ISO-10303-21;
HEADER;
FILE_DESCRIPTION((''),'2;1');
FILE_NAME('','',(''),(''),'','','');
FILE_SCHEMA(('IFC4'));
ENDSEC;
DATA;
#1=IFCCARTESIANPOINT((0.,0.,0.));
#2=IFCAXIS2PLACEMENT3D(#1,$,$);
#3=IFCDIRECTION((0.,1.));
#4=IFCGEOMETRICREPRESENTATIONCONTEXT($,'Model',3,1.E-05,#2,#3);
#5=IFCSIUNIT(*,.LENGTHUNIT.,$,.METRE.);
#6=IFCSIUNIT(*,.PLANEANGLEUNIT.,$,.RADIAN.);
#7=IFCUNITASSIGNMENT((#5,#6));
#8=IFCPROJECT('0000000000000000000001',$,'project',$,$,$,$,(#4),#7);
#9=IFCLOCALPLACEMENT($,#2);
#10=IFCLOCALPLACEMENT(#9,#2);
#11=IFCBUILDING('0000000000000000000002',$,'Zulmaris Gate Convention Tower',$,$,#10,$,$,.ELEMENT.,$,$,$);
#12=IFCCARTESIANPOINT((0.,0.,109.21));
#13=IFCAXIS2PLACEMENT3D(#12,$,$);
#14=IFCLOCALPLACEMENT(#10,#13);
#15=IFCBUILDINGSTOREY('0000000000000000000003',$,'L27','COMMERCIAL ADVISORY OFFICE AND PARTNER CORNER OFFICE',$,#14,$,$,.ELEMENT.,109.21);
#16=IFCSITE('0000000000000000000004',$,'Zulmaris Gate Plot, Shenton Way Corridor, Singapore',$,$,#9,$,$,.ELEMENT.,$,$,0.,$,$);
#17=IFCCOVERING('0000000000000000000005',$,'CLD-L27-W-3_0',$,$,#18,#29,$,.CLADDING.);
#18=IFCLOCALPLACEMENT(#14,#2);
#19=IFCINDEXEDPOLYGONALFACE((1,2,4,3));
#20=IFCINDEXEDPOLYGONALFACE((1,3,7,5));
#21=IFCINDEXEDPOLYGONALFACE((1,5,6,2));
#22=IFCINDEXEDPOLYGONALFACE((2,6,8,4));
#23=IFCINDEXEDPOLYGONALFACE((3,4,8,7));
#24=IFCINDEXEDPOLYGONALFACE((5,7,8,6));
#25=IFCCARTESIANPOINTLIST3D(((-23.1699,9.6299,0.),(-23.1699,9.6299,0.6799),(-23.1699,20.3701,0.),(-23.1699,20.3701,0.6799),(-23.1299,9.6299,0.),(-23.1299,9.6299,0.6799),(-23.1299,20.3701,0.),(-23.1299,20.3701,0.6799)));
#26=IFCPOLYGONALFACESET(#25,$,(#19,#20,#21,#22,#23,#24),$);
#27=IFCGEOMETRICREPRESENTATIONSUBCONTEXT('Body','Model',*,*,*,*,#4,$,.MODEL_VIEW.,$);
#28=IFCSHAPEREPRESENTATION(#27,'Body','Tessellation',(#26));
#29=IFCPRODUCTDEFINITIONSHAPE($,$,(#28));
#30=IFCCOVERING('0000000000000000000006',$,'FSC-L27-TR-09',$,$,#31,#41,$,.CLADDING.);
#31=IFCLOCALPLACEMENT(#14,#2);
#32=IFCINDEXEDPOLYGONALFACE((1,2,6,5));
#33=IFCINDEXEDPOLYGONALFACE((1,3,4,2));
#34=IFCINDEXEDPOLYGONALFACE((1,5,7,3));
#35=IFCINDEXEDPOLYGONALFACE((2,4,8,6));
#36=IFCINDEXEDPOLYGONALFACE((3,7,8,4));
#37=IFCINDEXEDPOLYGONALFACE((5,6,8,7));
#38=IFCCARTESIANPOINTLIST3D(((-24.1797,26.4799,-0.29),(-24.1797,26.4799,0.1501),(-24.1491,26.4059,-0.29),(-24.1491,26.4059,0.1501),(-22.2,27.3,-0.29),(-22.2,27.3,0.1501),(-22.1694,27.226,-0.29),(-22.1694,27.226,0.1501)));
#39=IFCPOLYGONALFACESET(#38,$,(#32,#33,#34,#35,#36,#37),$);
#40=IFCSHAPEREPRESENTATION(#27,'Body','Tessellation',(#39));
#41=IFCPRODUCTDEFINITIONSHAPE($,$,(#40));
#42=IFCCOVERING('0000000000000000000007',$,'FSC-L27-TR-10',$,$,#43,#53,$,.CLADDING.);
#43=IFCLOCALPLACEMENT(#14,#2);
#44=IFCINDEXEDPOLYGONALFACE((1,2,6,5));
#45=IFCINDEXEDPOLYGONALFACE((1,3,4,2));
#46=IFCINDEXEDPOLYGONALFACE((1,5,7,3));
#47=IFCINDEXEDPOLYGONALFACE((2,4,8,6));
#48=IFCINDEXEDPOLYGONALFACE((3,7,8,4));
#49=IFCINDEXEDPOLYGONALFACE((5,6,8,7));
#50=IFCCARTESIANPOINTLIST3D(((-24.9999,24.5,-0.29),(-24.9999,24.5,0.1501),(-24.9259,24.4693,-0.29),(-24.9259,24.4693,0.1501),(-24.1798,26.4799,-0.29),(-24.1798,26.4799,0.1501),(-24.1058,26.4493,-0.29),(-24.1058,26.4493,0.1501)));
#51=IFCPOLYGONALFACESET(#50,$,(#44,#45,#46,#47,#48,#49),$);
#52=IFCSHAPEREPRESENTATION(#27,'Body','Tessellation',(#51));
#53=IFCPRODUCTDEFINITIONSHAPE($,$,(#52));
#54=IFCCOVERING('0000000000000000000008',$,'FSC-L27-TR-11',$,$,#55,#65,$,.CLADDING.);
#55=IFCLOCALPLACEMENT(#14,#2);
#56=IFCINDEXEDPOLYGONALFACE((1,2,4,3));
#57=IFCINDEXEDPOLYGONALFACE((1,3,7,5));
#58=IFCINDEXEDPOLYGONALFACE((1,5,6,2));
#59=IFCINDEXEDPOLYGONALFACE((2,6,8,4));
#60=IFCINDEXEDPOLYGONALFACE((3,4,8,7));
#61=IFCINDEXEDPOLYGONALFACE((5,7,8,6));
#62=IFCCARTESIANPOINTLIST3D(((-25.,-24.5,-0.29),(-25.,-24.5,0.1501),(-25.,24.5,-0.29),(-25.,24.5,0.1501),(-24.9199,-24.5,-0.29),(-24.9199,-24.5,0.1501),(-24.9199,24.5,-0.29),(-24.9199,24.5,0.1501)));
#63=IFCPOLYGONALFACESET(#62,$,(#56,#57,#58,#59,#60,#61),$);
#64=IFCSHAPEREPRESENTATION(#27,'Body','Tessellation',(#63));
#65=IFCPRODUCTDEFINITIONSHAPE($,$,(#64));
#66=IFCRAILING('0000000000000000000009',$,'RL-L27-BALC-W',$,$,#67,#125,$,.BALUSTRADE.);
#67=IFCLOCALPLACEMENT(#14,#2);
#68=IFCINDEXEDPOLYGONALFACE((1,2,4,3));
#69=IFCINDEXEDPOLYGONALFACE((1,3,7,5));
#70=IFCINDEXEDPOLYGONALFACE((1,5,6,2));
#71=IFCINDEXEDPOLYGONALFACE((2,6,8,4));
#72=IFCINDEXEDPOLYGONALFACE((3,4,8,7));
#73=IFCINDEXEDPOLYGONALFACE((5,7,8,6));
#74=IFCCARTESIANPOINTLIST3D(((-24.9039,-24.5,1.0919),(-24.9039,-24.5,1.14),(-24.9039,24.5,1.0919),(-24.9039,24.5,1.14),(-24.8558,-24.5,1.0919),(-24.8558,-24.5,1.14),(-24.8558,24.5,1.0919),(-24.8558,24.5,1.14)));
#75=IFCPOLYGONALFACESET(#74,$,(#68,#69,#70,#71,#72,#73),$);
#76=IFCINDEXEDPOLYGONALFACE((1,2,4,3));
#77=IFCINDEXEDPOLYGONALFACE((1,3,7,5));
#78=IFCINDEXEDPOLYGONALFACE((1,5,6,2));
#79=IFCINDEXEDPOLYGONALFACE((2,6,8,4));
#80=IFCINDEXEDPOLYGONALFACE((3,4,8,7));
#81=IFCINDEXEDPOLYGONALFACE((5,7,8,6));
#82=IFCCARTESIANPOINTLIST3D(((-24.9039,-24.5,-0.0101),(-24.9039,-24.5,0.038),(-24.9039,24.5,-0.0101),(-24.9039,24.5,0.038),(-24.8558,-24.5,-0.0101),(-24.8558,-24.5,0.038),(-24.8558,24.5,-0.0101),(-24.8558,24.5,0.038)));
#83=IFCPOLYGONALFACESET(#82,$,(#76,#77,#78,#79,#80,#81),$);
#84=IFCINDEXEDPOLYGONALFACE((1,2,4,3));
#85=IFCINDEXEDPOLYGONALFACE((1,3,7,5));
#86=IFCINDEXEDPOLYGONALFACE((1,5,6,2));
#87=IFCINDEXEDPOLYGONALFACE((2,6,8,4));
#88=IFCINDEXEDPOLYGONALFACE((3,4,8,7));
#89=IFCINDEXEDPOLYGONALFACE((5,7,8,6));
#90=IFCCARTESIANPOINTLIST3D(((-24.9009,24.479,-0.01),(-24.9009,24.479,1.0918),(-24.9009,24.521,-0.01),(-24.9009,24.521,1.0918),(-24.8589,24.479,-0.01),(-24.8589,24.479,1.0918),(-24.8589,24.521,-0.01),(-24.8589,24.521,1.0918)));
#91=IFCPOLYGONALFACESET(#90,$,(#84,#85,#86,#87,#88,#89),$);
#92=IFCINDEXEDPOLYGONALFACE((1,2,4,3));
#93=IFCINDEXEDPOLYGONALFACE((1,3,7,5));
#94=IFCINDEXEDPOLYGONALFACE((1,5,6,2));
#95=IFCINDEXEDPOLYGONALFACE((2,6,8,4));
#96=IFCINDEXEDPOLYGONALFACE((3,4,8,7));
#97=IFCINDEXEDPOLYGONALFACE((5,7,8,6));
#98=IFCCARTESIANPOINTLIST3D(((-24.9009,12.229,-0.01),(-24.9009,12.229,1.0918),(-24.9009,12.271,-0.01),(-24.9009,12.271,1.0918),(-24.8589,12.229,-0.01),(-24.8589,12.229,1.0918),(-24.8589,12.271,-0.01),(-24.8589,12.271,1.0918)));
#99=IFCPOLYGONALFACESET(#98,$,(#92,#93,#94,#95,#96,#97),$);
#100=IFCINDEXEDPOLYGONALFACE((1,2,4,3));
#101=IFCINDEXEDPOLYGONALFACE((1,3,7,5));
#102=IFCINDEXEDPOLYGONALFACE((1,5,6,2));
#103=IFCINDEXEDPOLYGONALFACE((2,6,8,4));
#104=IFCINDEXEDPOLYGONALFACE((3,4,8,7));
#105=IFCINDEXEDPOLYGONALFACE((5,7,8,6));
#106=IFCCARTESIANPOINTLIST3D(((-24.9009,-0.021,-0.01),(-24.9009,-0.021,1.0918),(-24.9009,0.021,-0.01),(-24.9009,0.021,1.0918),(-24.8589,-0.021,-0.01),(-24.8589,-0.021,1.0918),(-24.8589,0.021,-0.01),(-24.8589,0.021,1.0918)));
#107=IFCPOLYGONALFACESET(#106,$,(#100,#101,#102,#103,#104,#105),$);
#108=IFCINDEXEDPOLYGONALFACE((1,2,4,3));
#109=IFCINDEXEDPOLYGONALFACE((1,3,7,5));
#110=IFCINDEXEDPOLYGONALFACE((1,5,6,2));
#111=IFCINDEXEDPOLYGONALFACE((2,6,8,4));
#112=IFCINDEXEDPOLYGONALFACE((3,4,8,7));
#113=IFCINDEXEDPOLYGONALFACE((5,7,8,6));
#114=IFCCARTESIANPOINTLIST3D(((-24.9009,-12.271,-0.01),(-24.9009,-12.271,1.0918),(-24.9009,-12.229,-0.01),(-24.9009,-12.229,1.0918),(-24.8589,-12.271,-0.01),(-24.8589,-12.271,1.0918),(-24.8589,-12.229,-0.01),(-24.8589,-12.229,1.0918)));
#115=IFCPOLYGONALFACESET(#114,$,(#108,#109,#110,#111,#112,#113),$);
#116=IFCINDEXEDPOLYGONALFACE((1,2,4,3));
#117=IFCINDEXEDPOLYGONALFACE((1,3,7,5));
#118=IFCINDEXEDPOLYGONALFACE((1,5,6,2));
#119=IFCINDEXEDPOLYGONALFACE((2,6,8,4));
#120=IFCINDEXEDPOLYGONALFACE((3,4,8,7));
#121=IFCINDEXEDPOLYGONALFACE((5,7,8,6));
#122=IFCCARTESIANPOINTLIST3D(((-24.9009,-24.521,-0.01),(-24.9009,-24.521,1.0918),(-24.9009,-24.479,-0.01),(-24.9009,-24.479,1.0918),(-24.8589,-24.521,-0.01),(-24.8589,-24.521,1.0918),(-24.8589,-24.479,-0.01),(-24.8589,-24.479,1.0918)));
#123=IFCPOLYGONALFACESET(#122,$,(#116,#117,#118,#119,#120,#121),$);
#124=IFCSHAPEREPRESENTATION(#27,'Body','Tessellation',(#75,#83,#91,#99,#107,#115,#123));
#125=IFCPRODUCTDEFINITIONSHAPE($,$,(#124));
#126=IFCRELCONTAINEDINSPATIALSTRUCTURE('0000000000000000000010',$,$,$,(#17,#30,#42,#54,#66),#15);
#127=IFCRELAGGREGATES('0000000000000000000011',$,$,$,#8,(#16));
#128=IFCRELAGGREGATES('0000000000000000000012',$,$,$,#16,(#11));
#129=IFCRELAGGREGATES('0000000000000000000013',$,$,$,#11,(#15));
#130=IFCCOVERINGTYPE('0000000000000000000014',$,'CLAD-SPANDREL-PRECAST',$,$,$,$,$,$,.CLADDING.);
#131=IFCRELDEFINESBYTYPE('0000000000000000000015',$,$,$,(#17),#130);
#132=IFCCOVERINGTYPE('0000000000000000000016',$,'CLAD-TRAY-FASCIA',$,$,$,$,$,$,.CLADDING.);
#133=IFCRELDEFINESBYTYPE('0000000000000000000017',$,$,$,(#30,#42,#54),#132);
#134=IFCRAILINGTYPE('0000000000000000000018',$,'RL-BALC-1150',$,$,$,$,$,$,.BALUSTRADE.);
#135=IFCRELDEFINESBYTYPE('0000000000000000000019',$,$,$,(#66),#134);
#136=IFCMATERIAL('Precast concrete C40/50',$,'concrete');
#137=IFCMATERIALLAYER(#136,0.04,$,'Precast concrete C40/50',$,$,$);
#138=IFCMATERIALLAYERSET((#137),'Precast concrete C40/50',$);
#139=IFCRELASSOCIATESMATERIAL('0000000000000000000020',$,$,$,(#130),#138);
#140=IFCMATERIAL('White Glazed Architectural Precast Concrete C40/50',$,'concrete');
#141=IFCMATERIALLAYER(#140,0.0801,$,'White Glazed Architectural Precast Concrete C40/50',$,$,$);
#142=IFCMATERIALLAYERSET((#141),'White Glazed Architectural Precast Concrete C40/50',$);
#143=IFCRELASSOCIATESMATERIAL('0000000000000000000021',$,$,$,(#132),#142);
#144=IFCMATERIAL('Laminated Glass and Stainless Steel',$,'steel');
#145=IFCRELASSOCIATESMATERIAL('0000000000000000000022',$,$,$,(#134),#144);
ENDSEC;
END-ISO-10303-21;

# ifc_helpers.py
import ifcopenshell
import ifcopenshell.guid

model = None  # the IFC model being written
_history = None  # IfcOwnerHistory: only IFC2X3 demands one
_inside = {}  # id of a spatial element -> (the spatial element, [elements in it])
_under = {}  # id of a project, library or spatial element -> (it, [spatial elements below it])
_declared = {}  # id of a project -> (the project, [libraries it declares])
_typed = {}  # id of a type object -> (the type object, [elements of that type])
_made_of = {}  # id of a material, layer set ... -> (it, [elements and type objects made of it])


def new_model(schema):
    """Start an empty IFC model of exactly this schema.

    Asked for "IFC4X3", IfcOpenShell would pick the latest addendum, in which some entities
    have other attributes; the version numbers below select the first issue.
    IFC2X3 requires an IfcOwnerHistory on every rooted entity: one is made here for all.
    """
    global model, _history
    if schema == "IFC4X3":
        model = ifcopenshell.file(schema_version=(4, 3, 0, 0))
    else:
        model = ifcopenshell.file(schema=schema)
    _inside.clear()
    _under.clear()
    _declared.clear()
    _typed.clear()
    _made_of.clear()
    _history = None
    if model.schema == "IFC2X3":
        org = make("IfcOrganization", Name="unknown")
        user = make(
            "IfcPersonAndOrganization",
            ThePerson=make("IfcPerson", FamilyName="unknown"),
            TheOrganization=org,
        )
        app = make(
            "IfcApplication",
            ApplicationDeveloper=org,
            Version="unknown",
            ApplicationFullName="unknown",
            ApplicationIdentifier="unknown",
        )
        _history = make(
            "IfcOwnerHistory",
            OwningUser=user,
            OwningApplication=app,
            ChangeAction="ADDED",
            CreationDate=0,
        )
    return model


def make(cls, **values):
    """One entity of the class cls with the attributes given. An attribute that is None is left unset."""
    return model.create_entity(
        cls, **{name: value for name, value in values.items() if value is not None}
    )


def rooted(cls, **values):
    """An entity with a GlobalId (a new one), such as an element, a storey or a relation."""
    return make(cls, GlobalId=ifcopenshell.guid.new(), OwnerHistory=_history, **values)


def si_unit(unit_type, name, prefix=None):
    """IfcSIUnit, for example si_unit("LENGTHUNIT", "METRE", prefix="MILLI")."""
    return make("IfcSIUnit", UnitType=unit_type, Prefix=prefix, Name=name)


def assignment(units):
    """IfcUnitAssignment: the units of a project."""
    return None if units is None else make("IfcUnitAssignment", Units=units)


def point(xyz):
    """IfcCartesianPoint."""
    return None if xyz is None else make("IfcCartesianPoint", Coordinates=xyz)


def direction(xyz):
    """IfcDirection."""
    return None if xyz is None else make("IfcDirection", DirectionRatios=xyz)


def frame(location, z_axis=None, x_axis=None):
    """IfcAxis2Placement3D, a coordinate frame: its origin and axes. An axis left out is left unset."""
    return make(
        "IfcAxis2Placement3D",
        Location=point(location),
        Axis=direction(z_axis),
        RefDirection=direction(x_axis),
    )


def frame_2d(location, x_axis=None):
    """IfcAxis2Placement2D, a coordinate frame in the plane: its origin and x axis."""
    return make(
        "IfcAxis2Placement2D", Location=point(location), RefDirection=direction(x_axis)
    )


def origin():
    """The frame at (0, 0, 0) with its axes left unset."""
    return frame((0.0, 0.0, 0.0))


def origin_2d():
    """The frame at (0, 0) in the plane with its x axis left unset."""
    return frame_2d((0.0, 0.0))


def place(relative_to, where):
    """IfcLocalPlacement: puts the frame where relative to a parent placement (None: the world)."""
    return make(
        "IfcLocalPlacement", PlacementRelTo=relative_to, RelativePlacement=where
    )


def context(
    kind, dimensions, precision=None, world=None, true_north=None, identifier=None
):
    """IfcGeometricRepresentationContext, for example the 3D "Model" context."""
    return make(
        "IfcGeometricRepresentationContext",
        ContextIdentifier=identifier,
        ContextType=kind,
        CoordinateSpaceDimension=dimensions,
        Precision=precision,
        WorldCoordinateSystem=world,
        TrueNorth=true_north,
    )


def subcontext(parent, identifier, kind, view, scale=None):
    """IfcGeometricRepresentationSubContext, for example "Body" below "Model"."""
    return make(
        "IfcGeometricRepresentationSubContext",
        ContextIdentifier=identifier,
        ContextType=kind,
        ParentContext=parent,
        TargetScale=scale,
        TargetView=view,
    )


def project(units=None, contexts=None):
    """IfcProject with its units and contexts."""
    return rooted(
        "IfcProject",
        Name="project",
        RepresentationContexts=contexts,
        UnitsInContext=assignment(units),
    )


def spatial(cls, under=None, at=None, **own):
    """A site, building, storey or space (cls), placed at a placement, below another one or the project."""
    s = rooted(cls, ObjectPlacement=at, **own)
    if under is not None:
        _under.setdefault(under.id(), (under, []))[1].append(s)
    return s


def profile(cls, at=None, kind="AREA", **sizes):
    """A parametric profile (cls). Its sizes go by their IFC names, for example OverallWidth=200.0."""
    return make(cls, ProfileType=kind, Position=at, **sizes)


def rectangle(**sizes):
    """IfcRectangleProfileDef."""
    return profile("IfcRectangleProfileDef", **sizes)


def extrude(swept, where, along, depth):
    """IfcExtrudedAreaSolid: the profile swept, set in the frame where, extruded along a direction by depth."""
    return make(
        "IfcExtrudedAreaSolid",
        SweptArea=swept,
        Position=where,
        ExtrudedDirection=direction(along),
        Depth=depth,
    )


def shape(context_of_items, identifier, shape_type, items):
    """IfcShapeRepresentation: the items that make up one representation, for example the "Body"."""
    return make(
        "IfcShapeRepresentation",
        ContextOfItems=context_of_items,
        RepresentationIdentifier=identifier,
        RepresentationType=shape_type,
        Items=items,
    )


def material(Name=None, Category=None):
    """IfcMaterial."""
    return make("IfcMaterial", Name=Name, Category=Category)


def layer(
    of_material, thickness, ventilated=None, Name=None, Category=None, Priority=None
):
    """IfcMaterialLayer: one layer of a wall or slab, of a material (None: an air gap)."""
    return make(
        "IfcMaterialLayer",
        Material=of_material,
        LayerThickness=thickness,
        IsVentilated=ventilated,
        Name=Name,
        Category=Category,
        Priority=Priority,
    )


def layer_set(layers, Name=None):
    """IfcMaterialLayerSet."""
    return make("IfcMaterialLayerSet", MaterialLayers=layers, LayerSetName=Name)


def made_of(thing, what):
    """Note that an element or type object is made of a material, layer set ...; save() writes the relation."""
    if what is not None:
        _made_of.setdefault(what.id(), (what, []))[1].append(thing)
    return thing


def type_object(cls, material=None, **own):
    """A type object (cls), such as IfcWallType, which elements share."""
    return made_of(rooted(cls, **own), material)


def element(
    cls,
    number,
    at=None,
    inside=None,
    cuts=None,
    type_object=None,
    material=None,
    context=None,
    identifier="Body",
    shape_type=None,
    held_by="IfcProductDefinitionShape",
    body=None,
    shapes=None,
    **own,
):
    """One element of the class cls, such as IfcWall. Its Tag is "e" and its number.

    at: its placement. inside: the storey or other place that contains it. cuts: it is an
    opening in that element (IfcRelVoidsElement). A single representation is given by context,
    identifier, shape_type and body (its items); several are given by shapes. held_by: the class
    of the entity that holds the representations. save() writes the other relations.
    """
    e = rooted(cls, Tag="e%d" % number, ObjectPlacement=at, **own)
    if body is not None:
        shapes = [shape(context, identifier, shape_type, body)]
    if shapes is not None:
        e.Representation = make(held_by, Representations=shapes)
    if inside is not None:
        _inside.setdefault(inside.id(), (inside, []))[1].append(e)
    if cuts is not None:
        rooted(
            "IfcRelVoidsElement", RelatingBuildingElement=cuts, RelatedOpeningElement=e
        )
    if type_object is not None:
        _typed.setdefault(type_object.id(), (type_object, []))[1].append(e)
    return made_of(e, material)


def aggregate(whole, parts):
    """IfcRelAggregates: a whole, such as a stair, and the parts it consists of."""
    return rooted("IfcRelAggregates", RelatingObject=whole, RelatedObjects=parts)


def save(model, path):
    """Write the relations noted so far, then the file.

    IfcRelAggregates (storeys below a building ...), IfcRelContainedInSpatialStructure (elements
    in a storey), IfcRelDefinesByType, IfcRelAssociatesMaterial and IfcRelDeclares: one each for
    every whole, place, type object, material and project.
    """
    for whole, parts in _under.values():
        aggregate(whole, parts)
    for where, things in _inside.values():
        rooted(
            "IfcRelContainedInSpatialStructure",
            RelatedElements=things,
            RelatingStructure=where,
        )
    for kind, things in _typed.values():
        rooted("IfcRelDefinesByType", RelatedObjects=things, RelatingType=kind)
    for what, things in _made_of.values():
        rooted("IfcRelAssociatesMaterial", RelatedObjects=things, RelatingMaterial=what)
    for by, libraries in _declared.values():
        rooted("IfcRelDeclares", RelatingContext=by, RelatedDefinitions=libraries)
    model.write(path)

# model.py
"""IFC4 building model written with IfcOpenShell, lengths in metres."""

from ifc_helpers import new_model, si_unit, direction, frame, frame_2d, origin, origin_2d, place, context, subcontext, project, spatial, rectangle, extrude, material, layer, layer_set, type_object, element, save


model = new_model("IFC4")

# Units and contexts
model_context = context("Model", 3, precision=1e-05, world=origin(), true_north=direction((0.0, 1.0)))
body_context = subcontext(model_context, "Body", "Model", "MODEL_VIEW")
ifc_project = project(units=[si_unit("LENGTHUNIT", "METRE"), si_unit("PLANEANGLEUNIT", "RADIAN")], contexts=[model_context])

# Site, building, storey
site_placement = place(None, origin())
site = spatial("IfcSite", under=ifc_project, at=site_placement, Name="Zulmaris Gate Plot, Shenton Way Corridor, Singapore", CompositionType="ELEMENT", RefElevation=0.0)
building_placement = place(site_placement, origin())
building = spatial("IfcBuilding", under=site, at=building_placement, Name="Zulmaris Gate Convention Tower", CompositionType="ELEMENT")
storey_placement = place(building_placement, frame((0.0, 0.0, 109.21)))
storey = spatial("IfcBuildingStorey", under=building, at=storey_placement, Name="L27", Description="COMMERCIAL ADVISORY OFFICE AND PARTNER CORNER OFFICE", CompositionType="ELEMENT", Elevation=109.21)

# Shared definitions
ifc_material_1 = material(Name="Precast concrete C40/50", Category="concrete")

# Coverings
ifc_layer_1 = layer(ifc_material_1, 0.04, Name="Precast concrete C40/50")
ifc_layer_set_1 = layer_set([ifc_layer_1], Name="Precast concrete C40/50")
covering_type_1 = type_object("IfcCoveringType", Name="CLAD-SPANDREL-PRECAST", PredefinedType="CLADDING", material=ifc_layer_set_1)
covering_1_placement = place(storey_placement, frame((-23.1499, 20.3701, 0.0), z_axis=(0.0, 0.0, 1.0), x_axis=(0.0, -1.0, 0.0)))
element("IfcCovering", 1, at=covering_1_placement, inside=storey, type_object=covering_type_1, Name="CLD-L27-W-3_0", PredefinedType="CLADDING", context=body_context, shape_type="SweptSolid", body=[
    extrude(rectangle(XDim=10.7402, YDim=0.04, at=frame_2d((5.3701, 0.0))), origin(), (0.0, 0.0, 1.0), 0.6799),
])
ifc_material_2 = material(Name="White Glazed Architectural Precast Concrete C40/50", Category="concrete")
ifc_layer_2 = layer(ifc_material_2, 0.0801, Name="White Glazed Architectural Precast Concrete C40/50")
ifc_layer_set_2 = layer_set([ifc_layer_2], Name="White Glazed Architectural Precast Concrete C40/50")
covering_type_2 = type_object("IfcCoveringType", Name="CLAD-TRAY-FASCIA", PredefinedType="CLADDING", material=ifc_layer_set_2)
covering_2_placement = place(storey_placement, frame((-22.1848, 27.2629, -0.29), z_axis=(0.0, 0.0, 1.0), x_axis=(-0.923874, -0.382697, 0.0)))
element("IfcCovering", 2, at=covering_2_placement, inside=storey, type_object=covering_type_2, Name="FSC-L27-TR-09", PredefinedType="CLADDING", context=body_context, shape_type="SweptSolid", body=[
    extrude(rectangle(XDim=2.1428, YDim=0.0801, at=frame_2d((1.0713, 0.0))), origin(), (0.0, 0.0, 1.0), 0.4402),
])
covering_3_placement = place(storey_placement, frame((-24.1428, 26.4646, -0.29), z_axis=(0.0, 0.0, 1.0), x_axis=(-0.382657, -0.92389, 0.0)))
element("IfcCovering", 3, at=covering_3_placement, inside=storey, type_object=covering_type_2, Name="FSC-L27-TR-10", PredefinedType="CLADDING", context=body_context, shape_type="SweptSolid", body=[
    extrude(rectangle(XDim=2.1431, YDim=0.0801, at=frame_2d((1.0715, 0.0))), origin(), (0.0, 0.0, 1.0), 0.4402),
])
covering_4_placement = place(storey_placement, frame((-24.96, 24.5, -0.29), z_axis=(0.0, 0.0, 1.0), x_axis=(0.0, -1.0, 0.0)))
element("IfcCovering", 4, at=covering_4_placement, inside=storey, type_object=covering_type_2, Name="FSC-L27-TR-11", PredefinedType="CLADDING", context=body_context, shape_type="SweptSolid", body=[
    extrude(rectangle(XDim=49.0, YDim=0.0801, at=frame_2d((24.5, 0.0))), origin(), (0.0, 0.0, 1.0), 0.4402),
])

# Railing
ifc_material_3 = material(Name="Laminated Glass and Stainless Steel", Category="steel")
railing_type = type_object("IfcRailingType", Name="RL-BALC-1150", PredefinedType="BALUSTRADE", material=ifc_material_3)
railing_placement = place(storey_placement, frame((-24.8799, 24.5, -0.01)))
element("IfcRailing", 5, at=railing_placement, inside=storey, type_object=railing_type, Name="RL-L27-BALC-W", PredefinedType="BALUSTRADE", context=body_context, shape_type="SweptSolid", body=[
    extrude(rectangle(XDim=0.0481, YDim=0.0481, at=origin_2d()), frame((0.0, 0.0, 1.126), z_axis=(0.0, -1.0, 0.0), x_axis=(1.0, 0.0, 0.0)), (0.0, 0.0, 1.0), 49.0),
    extrude(rectangle(XDim=0.0481, YDim=0.0481, at=origin_2d()), frame((0.0, 0.0, 0.0239), z_axis=(0.0, -1.0, 0.0), x_axis=(1.0, 0.0, 0.0)), (0.0, 0.0, 1.0), 49.0),
    extrude(rectangle(XDim=0.042, YDim=0.042, at=origin_2d()), origin(), (0.0, 0.0, 1.0), 1.1018),
    extrude(rectangle(XDim=0.042, YDim=0.042, at=origin_2d()), frame((0.0, -12.25, 0.0)), (0.0, 0.0, 1.0), 1.1018),
    extrude(rectangle(XDim=0.042, YDim=0.042, at=origin_2d()), frame((0.0, -24.5, 0.0)), (0.0, 0.0, 1.0), 1.1018),
    extrude(rectangle(XDim=0.042, YDim=0.042, at=origin_2d()), frame((0.0, -36.75, 0.0)), (0.0, 0.0, 1.0), 1.1018),
    extrude(rectangle(XDim=0.042, YDim=0.042, at=origin_2d()), frame((0.0, -49.0, 0.0)), (0.0, 0.0, 1.0), 1.1018),
])

save(model, "model.ifc")
